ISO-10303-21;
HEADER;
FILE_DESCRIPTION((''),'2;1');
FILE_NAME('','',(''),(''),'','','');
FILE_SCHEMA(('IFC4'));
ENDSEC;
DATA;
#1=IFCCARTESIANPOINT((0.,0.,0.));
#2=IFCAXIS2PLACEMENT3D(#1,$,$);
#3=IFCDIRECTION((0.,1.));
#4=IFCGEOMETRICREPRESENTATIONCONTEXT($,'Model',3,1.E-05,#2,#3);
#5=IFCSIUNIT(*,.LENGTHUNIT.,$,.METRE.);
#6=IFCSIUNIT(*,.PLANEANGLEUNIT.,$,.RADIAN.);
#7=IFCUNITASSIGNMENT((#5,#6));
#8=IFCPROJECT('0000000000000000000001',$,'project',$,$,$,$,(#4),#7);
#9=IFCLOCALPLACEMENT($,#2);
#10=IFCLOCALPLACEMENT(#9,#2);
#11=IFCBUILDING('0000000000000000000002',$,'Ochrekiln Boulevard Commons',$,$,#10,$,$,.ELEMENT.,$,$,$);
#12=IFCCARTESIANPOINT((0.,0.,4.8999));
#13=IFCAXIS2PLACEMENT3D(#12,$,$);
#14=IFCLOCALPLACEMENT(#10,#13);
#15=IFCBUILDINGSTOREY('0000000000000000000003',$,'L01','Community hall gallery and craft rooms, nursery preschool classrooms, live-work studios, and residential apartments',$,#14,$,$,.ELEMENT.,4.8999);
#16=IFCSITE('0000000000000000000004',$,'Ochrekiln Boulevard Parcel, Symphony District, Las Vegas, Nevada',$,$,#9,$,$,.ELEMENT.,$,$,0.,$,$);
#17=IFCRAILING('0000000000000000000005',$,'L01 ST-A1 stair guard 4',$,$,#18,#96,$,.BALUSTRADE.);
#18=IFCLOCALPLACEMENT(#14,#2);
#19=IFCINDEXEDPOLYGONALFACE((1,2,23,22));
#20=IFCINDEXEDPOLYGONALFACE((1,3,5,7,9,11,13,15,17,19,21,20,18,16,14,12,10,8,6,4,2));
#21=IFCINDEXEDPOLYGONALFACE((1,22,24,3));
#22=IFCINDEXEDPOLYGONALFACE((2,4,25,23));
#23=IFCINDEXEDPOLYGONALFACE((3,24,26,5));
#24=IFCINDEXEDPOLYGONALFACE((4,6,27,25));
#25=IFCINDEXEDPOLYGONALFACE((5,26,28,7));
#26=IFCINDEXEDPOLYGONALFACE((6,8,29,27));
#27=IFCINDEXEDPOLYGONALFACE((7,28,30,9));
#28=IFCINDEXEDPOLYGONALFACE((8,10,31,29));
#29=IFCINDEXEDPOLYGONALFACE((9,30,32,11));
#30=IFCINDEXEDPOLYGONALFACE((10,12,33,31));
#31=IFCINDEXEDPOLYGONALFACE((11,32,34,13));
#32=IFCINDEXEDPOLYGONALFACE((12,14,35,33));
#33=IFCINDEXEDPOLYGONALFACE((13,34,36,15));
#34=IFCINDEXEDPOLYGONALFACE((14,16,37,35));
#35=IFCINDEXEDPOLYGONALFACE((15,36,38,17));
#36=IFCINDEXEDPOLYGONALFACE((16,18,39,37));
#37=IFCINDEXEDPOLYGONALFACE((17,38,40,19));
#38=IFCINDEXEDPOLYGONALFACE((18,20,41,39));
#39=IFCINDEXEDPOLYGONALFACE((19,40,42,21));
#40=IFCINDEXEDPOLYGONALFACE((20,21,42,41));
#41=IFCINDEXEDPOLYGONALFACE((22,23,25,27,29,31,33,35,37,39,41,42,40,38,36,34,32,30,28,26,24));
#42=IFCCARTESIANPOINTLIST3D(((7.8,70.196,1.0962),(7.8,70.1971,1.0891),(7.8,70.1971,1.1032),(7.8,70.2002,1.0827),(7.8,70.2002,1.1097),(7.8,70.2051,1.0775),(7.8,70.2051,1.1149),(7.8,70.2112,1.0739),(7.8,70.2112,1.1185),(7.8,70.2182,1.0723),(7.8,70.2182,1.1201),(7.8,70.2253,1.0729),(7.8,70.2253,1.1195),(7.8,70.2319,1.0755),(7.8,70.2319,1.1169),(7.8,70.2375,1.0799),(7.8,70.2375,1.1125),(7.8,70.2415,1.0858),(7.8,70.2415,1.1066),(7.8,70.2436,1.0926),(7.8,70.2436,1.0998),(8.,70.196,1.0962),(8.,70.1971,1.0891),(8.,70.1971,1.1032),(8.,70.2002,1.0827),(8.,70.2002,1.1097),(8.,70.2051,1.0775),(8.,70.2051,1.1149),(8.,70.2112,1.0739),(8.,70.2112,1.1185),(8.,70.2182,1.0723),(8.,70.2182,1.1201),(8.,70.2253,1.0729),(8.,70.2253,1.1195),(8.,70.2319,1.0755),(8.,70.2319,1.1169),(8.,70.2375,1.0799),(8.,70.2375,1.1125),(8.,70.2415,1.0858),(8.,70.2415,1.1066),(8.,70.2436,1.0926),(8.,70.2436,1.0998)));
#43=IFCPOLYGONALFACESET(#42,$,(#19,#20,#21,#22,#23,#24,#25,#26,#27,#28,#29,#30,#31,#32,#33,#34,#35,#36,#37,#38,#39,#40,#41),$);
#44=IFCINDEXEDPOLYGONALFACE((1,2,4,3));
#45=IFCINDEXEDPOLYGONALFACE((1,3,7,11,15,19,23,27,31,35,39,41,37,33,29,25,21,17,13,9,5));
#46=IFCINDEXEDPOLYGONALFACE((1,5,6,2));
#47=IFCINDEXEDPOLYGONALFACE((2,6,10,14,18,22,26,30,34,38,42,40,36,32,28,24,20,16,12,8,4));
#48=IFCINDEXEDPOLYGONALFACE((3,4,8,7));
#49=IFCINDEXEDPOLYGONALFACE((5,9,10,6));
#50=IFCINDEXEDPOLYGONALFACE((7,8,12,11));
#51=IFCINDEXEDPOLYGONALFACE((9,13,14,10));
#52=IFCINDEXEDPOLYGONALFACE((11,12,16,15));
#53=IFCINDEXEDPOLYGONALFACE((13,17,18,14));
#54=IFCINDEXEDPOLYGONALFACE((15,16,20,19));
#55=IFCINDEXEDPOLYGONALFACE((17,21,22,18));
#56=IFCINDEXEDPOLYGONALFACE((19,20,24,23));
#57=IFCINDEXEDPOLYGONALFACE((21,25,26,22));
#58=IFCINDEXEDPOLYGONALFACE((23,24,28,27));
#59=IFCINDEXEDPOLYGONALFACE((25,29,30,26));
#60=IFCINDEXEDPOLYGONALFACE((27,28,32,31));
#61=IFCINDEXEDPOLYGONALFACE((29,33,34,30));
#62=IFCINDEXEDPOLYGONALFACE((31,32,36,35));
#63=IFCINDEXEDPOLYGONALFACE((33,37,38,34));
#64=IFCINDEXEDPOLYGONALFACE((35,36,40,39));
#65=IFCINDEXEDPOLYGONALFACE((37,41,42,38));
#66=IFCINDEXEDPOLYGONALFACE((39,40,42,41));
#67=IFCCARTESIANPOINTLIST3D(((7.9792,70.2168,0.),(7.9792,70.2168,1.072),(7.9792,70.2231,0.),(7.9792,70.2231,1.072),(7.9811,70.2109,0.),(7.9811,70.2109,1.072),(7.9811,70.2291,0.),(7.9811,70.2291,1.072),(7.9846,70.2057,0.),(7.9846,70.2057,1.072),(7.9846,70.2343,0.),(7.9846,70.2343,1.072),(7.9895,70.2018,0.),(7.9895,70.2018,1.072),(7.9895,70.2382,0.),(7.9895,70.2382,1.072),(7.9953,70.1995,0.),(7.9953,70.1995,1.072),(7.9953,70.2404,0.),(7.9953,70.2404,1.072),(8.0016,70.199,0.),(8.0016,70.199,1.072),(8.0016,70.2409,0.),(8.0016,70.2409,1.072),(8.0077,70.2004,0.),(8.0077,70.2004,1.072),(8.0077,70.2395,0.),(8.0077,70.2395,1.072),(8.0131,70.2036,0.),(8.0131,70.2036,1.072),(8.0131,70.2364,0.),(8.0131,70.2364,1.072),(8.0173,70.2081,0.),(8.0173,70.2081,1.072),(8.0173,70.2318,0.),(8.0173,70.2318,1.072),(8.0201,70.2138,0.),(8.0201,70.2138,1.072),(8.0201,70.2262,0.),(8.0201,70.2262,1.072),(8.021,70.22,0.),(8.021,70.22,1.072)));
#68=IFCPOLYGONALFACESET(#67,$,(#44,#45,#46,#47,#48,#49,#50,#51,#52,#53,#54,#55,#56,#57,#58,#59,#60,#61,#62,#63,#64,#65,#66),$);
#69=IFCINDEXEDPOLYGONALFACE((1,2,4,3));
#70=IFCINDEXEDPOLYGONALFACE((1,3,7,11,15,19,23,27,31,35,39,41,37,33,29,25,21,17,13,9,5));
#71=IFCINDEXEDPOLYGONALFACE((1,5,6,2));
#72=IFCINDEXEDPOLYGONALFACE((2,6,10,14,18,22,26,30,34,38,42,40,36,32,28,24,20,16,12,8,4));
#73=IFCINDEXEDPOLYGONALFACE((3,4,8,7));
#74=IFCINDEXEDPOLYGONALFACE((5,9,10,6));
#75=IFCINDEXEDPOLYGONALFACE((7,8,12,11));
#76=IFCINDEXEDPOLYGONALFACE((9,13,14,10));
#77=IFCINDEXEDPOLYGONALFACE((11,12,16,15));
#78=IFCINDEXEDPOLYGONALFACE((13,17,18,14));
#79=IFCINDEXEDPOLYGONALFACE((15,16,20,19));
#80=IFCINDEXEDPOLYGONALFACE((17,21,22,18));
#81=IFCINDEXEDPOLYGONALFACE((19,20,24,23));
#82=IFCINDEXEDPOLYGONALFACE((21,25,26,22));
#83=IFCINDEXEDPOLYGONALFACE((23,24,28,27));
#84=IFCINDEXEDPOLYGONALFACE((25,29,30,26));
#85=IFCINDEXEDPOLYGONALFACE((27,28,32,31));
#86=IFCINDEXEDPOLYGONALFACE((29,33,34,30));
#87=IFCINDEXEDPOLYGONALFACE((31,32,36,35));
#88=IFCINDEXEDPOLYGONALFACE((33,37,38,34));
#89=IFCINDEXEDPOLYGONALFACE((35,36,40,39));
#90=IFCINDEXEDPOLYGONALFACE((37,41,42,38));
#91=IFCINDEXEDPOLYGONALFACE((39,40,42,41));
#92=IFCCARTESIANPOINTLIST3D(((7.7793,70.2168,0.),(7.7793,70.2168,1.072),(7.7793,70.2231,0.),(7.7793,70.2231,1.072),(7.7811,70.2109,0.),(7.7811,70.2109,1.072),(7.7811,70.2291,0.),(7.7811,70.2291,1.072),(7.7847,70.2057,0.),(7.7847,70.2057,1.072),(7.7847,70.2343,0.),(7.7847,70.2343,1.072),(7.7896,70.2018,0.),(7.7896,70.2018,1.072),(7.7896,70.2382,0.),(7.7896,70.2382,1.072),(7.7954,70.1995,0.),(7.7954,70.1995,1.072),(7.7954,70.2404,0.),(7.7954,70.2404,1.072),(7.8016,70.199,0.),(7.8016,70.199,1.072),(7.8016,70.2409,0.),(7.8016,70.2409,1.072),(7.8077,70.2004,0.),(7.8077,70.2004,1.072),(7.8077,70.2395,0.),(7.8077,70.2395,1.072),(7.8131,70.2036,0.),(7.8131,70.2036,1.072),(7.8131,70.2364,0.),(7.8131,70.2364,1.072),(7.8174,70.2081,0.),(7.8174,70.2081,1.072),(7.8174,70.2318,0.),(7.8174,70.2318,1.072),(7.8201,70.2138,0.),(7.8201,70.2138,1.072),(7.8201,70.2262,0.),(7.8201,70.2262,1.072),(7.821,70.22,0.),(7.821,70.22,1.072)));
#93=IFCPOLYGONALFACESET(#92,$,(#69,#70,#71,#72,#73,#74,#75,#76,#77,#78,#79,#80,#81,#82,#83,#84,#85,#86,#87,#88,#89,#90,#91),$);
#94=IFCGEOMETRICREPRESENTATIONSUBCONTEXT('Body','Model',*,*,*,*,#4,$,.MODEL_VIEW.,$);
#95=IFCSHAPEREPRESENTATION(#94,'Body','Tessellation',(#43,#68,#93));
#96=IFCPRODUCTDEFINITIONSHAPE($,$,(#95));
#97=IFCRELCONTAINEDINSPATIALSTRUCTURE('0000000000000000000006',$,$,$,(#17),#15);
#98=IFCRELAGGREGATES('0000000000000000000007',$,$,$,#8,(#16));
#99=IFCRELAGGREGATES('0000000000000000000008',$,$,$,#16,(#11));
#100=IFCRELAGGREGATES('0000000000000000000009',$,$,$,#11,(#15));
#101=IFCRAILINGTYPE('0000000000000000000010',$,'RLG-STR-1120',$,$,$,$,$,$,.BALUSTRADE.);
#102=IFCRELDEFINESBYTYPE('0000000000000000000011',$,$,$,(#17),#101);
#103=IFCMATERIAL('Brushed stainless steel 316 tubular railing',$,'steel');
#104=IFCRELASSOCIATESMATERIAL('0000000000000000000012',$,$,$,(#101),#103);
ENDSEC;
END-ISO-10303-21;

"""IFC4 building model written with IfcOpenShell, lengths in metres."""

from ifc_helpers import new_model, si_unit, direction, frame, origin, origin_2d, place, context, subcontext, project, spatial, circle, extrude, material, type_object, element, save


model = new_model("IFC4")

# Units and contexts
model_context = context("Model", 3, precision=1e-05, world=origin(), true_north=direction((0.0, 1.0)))
body_context = subcontext(model_context, "Body", "Model", "MODEL_VIEW")
ifc_project = project(units=[si_unit("LENGTHUNIT", "METRE"), si_unit("PLANEANGLEUNIT", "RADIAN")], contexts=[model_context])

# Site, building, storey
site_placement = place(None, origin())
site = spatial("IfcSite", under=ifc_project, at=site_placement, Name="Ochrekiln Boulevard Parcel, Symphony District, Las Vegas, Nevada", CompositionType="ELEMENT", RefElevation=0.0)
building_placement = place(site_placement, origin())
building = spatial("IfcBuilding", under=site, at=building_placement, Name="Ochrekiln Boulevard Commons", CompositionType="ELEMENT")
storey_placement = place(building_placement, frame((0.0, 0.0, 4.8999)))
storey = spatial("IfcBuildingStorey", under=building, at=storey_placement, Name="L01", Description="Community hall gallery and craft rooms, nursery preschool classrooms, live-work studios, and residential apartments", CompositionType="ELEMENT", Elevation=4.8999)

# Railing
ifc_material_1 = material(Name="Brushed stainless steel 316 tubular railing", Category="steel")
railing_type_1 = type_object("IfcRailingType", Name="RLG-STR-1120", PredefinedType="BALUSTRADE", material=ifc_material_1)
railing_1_placement = place(storey_placement, frame((8.0, 70.22, 0.0)))
element("IfcRailing", 1, at=railing_1_placement, inside=storey, type_object=railing_type_1, Name="L01 ST-A1 stair guard 4", PredefinedType="BALUSTRADE", context=body_context, shape_type="SweptSolid", body=[
    extrude(circle(Radius=0.0239, at=origin_2d()), frame((0.0, 0.0, 1.0962), z_axis=(-1.0, 0.0, 0.0), x_axis=(0.0, -1.0, 0.0)), (0.0, 0.0, 1.0), 0.2),
    extrude(circle(Radius=0.021, at=origin_2d()), origin(), (0.0, 0.0, 1.0), 1.072),
    extrude(circle(Radius=0.021, at=origin_2d()), frame((-0.2, 0.0, 0.0)), (0.0, 0.0, 1.0), 1.072),
])

save(model, "model.ifc")
